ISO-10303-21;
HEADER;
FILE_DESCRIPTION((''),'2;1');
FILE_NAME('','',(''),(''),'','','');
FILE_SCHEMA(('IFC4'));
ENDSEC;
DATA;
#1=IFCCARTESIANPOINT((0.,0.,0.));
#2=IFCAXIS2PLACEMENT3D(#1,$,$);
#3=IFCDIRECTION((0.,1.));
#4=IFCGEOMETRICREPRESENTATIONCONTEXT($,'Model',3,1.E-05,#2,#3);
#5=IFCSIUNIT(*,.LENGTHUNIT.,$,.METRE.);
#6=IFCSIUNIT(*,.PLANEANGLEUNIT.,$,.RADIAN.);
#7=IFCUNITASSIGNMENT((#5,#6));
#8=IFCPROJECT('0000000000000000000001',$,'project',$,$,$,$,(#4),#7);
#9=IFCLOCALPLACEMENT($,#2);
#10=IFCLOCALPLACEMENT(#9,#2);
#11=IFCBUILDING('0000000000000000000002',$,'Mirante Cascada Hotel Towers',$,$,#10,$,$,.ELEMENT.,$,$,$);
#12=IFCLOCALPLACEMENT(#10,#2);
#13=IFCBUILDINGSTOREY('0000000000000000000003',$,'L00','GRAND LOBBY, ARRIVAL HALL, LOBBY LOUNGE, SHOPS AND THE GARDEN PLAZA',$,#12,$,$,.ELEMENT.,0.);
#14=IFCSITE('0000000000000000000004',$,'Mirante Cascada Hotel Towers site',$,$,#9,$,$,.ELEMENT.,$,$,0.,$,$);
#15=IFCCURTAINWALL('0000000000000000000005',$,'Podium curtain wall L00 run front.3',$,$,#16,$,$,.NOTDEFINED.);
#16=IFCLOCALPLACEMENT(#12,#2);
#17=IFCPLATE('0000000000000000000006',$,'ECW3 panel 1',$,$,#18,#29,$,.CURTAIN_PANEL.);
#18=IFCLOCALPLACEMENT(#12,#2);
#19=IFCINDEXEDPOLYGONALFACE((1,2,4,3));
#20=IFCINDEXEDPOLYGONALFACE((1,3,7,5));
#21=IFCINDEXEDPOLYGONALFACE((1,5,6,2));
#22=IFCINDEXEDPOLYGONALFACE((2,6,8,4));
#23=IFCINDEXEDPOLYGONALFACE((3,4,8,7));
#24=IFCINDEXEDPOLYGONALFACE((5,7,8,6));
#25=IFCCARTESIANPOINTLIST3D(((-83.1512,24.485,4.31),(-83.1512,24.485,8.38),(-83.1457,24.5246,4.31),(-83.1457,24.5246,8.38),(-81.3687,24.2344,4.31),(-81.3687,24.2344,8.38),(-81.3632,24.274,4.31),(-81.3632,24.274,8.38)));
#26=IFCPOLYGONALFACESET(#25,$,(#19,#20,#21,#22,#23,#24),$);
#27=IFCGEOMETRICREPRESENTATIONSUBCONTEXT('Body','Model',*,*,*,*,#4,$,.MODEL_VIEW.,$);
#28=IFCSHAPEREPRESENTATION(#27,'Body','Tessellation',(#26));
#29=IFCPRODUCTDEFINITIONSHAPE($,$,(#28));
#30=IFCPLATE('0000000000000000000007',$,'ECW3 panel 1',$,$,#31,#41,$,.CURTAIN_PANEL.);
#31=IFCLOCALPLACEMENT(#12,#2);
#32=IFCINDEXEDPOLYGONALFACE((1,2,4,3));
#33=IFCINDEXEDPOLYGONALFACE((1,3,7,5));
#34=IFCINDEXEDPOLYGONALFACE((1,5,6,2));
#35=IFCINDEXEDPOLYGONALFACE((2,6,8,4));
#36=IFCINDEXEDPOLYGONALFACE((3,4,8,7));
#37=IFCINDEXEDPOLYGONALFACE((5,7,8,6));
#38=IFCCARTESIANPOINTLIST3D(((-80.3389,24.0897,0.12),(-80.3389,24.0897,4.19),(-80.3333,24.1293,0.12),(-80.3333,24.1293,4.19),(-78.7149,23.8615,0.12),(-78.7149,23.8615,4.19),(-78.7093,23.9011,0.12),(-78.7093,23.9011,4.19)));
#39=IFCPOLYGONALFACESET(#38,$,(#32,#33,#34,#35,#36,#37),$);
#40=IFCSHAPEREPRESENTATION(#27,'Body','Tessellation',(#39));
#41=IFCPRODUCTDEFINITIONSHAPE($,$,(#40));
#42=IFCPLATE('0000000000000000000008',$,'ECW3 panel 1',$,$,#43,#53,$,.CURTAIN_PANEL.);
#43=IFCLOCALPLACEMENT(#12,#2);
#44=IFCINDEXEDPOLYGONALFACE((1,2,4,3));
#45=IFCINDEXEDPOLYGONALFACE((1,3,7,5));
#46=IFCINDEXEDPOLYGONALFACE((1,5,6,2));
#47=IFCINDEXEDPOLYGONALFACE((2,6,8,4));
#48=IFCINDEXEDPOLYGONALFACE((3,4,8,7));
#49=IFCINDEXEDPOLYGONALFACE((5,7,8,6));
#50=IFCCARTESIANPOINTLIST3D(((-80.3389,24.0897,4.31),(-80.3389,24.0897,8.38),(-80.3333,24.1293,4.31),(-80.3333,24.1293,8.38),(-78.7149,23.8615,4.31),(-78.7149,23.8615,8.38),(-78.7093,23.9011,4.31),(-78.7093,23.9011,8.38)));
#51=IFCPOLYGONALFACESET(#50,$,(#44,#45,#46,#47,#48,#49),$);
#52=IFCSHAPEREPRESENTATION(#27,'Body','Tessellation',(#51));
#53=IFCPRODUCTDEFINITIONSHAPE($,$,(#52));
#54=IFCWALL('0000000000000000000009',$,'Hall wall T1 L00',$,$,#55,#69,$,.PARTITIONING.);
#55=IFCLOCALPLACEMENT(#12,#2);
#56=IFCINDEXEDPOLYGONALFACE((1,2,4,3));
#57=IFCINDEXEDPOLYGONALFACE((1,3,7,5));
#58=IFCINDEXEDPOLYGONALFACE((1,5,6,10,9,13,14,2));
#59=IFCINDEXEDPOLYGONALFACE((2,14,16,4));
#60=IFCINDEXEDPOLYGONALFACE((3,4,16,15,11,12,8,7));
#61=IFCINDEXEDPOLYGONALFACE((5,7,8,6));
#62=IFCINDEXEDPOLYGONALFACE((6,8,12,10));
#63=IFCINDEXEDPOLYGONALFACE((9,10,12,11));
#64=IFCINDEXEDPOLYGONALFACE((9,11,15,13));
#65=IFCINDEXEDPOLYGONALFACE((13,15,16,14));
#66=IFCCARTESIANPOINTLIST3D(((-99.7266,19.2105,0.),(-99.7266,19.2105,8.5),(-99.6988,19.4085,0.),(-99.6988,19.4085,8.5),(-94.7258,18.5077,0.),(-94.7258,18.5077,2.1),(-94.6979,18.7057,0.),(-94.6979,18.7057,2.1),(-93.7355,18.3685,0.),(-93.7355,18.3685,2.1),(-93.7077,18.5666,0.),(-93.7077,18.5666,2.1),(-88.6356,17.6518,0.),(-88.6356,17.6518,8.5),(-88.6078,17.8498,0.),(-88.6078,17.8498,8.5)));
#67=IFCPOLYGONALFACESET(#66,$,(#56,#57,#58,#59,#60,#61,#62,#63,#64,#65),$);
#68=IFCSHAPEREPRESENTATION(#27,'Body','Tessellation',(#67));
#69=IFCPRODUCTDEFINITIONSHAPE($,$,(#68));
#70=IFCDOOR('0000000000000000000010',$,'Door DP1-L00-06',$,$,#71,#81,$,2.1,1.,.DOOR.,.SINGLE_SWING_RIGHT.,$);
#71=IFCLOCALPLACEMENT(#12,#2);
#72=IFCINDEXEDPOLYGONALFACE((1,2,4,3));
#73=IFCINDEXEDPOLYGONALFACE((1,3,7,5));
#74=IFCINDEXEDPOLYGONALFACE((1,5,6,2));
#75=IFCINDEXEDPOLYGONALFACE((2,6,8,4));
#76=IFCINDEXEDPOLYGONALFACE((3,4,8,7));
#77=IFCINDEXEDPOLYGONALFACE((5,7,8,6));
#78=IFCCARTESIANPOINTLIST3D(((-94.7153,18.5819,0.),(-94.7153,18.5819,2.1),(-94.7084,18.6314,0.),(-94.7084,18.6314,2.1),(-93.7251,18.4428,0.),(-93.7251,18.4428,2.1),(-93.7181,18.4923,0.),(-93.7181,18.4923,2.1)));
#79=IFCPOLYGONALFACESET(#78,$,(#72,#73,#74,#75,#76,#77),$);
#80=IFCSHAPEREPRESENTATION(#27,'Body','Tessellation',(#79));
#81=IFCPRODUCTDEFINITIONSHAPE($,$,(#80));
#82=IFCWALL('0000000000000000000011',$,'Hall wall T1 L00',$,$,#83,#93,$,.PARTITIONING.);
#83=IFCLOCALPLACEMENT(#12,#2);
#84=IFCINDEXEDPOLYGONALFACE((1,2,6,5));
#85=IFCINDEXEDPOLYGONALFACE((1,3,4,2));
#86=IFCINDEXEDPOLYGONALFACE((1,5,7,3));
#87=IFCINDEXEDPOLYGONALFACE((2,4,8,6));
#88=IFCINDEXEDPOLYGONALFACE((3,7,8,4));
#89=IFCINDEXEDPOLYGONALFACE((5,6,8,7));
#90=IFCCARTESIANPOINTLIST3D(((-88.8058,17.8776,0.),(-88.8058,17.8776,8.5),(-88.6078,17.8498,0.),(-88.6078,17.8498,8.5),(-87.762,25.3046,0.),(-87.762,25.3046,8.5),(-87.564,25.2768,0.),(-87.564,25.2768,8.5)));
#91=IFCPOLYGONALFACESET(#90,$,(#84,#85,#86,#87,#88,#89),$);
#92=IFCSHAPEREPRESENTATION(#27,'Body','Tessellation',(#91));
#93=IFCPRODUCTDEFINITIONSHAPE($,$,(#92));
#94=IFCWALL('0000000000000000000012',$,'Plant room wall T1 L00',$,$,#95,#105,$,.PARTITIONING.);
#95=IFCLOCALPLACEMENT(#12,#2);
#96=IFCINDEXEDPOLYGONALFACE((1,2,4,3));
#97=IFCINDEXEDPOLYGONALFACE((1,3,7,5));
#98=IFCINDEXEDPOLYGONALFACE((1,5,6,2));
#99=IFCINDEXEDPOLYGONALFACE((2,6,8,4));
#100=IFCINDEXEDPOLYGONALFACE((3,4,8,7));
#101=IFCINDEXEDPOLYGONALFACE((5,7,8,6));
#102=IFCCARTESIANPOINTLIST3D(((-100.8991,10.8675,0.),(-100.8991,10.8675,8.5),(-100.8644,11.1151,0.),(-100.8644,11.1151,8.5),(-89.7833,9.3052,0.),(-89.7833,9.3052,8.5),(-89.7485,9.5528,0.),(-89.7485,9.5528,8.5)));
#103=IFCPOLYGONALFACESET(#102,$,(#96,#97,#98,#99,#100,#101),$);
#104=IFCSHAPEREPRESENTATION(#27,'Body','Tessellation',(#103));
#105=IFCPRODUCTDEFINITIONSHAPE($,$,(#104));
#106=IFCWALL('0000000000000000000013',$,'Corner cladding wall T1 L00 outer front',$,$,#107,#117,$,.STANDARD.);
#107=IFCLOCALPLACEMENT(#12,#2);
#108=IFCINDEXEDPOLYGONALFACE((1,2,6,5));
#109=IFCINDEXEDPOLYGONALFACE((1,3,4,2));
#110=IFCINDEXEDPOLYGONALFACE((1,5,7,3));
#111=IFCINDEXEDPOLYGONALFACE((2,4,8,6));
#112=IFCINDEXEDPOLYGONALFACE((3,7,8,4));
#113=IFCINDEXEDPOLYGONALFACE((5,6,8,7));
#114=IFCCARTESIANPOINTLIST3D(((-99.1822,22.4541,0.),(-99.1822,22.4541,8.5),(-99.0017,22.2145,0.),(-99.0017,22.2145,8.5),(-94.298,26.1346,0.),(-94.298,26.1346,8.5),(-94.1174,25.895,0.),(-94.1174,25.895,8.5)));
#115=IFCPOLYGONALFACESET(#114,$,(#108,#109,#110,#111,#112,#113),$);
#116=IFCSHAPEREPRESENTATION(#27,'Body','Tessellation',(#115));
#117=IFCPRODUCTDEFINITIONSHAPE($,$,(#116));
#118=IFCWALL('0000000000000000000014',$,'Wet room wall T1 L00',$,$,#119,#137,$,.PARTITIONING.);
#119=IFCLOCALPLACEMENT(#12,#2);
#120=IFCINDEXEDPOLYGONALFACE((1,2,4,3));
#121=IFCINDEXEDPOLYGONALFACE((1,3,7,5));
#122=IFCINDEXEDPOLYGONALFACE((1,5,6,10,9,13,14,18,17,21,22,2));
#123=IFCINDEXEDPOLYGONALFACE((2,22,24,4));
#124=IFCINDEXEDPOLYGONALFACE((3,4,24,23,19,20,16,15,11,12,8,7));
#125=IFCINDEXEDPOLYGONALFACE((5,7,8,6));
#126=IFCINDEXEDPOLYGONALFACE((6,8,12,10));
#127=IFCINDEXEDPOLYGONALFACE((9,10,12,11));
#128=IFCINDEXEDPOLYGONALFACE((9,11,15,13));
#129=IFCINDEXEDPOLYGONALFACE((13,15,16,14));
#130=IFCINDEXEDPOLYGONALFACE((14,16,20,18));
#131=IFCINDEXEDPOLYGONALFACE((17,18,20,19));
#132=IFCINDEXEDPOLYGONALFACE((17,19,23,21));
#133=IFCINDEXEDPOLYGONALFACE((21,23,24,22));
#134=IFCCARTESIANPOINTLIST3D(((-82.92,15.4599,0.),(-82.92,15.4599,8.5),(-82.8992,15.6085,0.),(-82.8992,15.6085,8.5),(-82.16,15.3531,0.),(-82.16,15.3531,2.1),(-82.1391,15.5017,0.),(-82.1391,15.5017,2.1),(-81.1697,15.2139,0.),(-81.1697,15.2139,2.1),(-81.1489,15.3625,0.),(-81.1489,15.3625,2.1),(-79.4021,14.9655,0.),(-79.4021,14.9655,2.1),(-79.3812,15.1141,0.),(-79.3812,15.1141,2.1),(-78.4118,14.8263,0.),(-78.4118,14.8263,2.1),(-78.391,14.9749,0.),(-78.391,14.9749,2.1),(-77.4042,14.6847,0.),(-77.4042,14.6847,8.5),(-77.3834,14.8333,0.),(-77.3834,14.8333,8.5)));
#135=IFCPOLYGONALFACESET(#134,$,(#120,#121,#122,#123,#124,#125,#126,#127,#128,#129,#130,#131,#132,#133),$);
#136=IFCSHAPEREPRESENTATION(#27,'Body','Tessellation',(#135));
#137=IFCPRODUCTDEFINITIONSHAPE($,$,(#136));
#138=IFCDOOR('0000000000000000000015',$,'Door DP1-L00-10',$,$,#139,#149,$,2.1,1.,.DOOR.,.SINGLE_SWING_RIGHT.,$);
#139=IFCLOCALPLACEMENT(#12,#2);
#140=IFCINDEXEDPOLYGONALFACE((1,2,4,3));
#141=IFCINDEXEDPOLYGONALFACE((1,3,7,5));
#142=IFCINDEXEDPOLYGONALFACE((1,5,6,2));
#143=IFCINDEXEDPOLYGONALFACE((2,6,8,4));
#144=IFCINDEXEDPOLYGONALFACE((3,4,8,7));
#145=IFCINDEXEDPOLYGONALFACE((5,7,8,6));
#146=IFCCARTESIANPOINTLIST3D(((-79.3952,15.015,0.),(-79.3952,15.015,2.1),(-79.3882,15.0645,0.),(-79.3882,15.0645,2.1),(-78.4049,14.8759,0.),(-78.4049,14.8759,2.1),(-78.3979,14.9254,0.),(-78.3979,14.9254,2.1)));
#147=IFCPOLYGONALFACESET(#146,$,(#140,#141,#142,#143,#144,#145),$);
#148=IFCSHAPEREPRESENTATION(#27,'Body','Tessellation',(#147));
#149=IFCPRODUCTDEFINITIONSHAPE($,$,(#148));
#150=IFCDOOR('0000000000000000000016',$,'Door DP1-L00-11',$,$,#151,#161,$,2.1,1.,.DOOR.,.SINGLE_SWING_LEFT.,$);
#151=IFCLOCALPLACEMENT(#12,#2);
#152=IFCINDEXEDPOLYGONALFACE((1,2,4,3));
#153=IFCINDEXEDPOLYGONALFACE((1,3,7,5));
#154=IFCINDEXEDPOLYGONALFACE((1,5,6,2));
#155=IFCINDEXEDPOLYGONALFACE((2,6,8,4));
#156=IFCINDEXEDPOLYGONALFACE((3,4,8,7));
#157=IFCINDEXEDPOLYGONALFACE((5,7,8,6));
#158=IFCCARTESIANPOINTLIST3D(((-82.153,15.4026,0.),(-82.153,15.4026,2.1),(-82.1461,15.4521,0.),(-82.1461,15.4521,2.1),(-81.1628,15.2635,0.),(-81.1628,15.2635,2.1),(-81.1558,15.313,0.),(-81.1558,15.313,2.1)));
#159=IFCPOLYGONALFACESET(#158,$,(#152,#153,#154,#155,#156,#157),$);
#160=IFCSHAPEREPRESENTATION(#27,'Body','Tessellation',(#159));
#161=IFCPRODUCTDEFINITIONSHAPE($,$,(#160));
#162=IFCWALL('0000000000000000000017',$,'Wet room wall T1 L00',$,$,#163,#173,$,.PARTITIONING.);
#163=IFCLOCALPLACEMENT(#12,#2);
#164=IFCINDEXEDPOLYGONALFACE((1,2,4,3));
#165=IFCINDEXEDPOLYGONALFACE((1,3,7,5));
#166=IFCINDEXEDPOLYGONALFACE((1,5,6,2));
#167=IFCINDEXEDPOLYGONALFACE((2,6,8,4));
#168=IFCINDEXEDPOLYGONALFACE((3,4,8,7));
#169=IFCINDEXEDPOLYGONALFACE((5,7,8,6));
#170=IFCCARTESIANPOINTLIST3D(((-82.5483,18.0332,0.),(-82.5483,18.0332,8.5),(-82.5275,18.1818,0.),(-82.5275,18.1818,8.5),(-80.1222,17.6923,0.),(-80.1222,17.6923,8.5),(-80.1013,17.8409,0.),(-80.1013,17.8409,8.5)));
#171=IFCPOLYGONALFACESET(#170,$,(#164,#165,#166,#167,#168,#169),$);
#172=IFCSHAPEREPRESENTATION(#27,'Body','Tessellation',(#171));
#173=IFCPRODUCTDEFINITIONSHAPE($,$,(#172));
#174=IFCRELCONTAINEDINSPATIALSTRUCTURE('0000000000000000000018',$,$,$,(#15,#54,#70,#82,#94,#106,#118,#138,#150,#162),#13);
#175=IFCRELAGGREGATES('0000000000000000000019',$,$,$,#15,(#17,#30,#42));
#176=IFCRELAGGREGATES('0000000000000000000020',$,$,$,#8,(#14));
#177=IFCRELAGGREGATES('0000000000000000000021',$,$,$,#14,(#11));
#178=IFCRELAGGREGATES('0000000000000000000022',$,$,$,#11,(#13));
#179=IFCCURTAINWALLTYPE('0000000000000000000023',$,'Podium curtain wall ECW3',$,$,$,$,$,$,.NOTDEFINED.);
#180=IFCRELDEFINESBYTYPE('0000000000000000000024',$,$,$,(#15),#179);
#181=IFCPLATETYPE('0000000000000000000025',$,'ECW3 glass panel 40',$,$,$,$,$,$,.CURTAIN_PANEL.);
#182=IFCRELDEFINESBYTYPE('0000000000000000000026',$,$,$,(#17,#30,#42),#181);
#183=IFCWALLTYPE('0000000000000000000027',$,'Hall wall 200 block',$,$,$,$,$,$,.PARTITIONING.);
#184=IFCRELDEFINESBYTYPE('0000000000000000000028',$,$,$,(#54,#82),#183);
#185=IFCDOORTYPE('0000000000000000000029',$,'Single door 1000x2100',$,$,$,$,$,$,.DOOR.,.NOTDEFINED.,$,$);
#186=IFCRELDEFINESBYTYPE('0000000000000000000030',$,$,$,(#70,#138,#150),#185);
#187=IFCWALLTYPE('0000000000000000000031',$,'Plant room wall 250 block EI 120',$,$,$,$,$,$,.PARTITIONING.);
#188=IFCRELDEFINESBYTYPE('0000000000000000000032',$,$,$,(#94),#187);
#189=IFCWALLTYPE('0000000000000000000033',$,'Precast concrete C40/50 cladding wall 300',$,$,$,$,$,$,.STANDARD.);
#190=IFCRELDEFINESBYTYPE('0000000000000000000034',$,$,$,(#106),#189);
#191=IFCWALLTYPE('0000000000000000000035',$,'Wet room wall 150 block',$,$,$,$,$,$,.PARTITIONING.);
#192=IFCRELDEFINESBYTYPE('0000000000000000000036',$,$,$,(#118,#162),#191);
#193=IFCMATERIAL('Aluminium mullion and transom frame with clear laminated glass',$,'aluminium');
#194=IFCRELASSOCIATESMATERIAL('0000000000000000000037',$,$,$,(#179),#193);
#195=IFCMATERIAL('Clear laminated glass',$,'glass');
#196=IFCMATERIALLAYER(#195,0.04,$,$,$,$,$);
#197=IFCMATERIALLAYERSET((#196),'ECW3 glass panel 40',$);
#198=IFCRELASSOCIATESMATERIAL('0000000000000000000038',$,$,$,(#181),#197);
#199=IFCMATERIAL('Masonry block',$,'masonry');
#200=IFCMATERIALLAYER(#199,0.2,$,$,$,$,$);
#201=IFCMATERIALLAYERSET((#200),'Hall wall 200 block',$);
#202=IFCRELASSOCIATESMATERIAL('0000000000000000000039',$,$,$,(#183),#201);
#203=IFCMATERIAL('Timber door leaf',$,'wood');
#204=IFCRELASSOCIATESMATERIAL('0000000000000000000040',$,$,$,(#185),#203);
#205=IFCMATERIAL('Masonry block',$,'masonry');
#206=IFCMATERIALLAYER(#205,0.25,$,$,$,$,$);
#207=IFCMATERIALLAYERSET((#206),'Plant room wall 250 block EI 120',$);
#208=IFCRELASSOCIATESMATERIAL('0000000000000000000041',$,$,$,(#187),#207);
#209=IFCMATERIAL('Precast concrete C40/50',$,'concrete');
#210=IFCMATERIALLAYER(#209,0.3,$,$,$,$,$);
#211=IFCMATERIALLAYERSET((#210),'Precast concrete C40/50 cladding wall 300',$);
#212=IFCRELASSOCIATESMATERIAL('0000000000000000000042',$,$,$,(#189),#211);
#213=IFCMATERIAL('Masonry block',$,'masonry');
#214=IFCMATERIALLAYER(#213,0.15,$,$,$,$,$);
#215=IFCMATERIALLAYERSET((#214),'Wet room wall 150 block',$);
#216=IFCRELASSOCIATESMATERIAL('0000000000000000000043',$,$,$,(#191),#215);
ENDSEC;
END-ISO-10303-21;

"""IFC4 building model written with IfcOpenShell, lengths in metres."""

from ifc_helpers import new_model, si_unit, direction, frame, frame_2d, origin, origin_2d, place, context, subcontext, project, spatial, rectangle, extrude, material, layer, layer_set, type_object, element, fill, aggregate, save


model = new_model("IFC4")

# Units and contexts
model_context = context("Model", 3, precision=1e-05, world=origin(), true_north=direction((0.0, 1.0)))
body_context = subcontext(model_context, "Body", "Model", "MODEL_VIEW")
ifc_project = project(units=[si_unit("LENGTHUNIT", "METRE"), si_unit("PLANEANGLEUNIT", "RADIAN")], contexts=[model_context])

# Site, building, storey
site_placement = place(None, origin())
site = spatial("IfcSite", under=ifc_project, at=site_placement, Name="Mirante Cascada Hotel Towers site", CompositionType="ELEMENT", RefElevation=0.0)
building_placement = place(site_placement, origin())
building = spatial("IfcBuilding", under=site, at=building_placement, Name="Mirante Cascada Hotel Towers", CompositionType="ELEMENT")
storey_placement = place(building_placement, origin())
storey = spatial("IfcBuildingStorey", under=building, at=storey_placement, Name="L00", Description="GRAND LOBBY, ARRIVAL HALL, LOBBY LOUNGE, SHOPS AND THE GARDEN PLAZA", CompositionType="ELEMENT", Elevation=0.0)

# Curtain wall, plates
ifc_material_1 = material(Name="Aluminium mullion and transom frame with clear laminated glass", Category="aluminium")
curtain_wall_type = type_object("IfcCurtainWallType", Name="Podium curtain wall ECW3", PredefinedType="NOTDEFINED", material=ifc_material_1)
curtain_wall_placement = place(storey_placement, origin())
curtain_wall = element("IfcCurtainWall", 1, at=curtain_wall_placement, inside=storey, type_object=curtain_wall_type, Name="Podium curtain wall L00 run front.3", PredefinedType="NOTDEFINED")
ifc_material_2 = material(Name="Clear laminated glass", Category="glass")
ifc_layer_1 = layer(ifc_material_2, 0.04)
ifc_layer_set_1 = layer_set([ifc_layer_1], Name="ECW3 glass panel 40")
plate_type = type_object("IfcPlateType", Name="ECW3 glass panel 40", PredefinedType="CURTAIN_PANEL", material=ifc_layer_set_1)
plate_1_placement = place(storey_placement, frame((-82.2572, 24.3795, 4.31), z_axis=(0.0, 0.0, 1.0), x_axis=(0.990268, -0.139173, 0.0)))
plate_1 = element("IfcPlate", 2, at=plate_1_placement, type_object=plate_type, Name="ECW3 panel 1", PredefinedType="CURTAIN_PANEL", context=body_context, shape_type="SweptSolid", body=[
    extrude(rectangle(XDim=1.8, YDim=0.04, at=origin_2d()), origin(), (0.0, 0.0, 1.0), 4.07),
])
plate_2_placement = place(storey_placement, frame((-79.5241, 23.9954, 0.12), z_axis=(0.0, 0.0, 1.0), x_axis=(0.990268, -0.139173, 0.0)))
plate_2 = element("IfcPlate", 3, at=plate_2_placement, type_object=plate_type, Name="ECW3 panel 1", PredefinedType="CURTAIN_PANEL", context=body_context, shape_type="SweptSolid", body=[
    extrude(rectangle(XDim=1.64, YDim=0.04, at=origin_2d()), origin(), (0.0, 0.0, 1.0), 4.07),
])
plate_3_placement = place(storey_placement, frame((-79.5241, 23.9954, 4.31), z_axis=(0.0, 0.0, 1.0), x_axis=(0.990268, -0.139173, 0.0)))
plate_3 = element("IfcPlate", 4, at=plate_3_placement, type_object=plate_type, Name="ECW3 panel 1", PredefinedType="CURTAIN_PANEL", context=body_context, shape_type="SweptSolid", body=[
    extrude(rectangle(XDim=1.64, YDim=0.04, at=origin_2d()), origin(), (0.0, 0.0, 1.0), 4.07),
])
aggregate(curtain_wall, [plate_1, plate_2, plate_3])

# Wall, opening, door
ifc_material_3 = material(Name="Masonry block", Category="masonry")
ifc_layer_2 = layer(ifc_material_3, 0.2)
ifc_layer_set_2 = layer_set([ifc_layer_2], Name="Hall wall 200 block")
wall_type_1 = type_object("IfcWallType", Name="Hall wall 200 block", PredefinedType="PARTITIONING", material=ifc_layer_set_2)
wall_1_placement = place(storey_placement, frame((-99.7127, 19.3095, 0.0), z_axis=(0.0, 0.0, 1.0), x_axis=(0.990268, -0.13917, 0.0)))
wall_1 = element("IfcWall", 5, at=wall_1_placement, inside=storey, type_object=wall_type_1, Name="Hall wall T1 L00", PredefinedType="PARTITIONING", context=body_context, shape_type="SweptSolid", body=[
    extrude(rectangle(XDim=11.2, YDim=0.2, at=frame_2d((5.6, 0.0))), origin(), (0.0, 0.0, 1.0), 8.5),
])
opening_1_placement = place(wall_1_placement, frame((5.05, 0.0, 0.0)))
opening_1 = element("IfcOpeningElement", 6, at=opening_1_placement, cuts=wall_1, PredefinedType="OPENING", context=body_context, shape_type="SweptSolid", body=[
    extrude(rectangle(XDim=1.0, YDim=2.1, at=frame_2d((0.5, 1.05))), frame((0.0, 0.1, 0.0), z_axis=(0.0, -1.0, 0.0), x_axis=(1.0, 0.0, 0.0)), (0.0, 0.0, 1.0), 0.2),
])
ifc_material_4 = material(Name="Timber door leaf", Category="wood")
door_type = type_object("IfcDoorType", Name="Single door 1000x2100", OperationType="NOTDEFINED", PredefinedType="DOOR", material=ifc_material_4)
door_1_placement = place(opening_1_placement, origin())
door_1 = element("IfcDoor", 7, at=door_1_placement, inside=storey, type_object=door_type, Name="Door DP1-L00-06", OperationType="SINGLE_SWING_RIGHT", OverallHeight=2.1, OverallWidth=1.0, PredefinedType="DOOR", context=body_context, shape_type="SweptSolid", body=[
    extrude(rectangle(XDim=1.0, YDim=2.1, at=frame_2d((0.5, 1.05))), frame((0.0, 0.025, 0.0), z_axis=(0.0, -1.0, 0.0), x_axis=(1.0, 0.0, 0.0)), (0.0, 0.0, 1.0), 0.05),
])
fill(opening_1, door_1)

# Walls
wall_2_placement = place(storey_placement, frame((-88.7068, 17.8637, 0.0), z_axis=(0.0, 0.0, 1.0), x_axis=(0.139174, 0.990268, 0.0)))
element("IfcWall", 8, at=wall_2_placement, inside=storey, type_object=wall_type_1, Name="Hall wall T1 L00", PredefinedType="PARTITIONING", context=body_context, shape_type="SweptSolid", body=[
    extrude(rectangle(XDim=7.5, YDim=0.2, at=frame_2d((3.75, 0.0))), origin(), (0.0, 0.0, 1.0), 8.5),
])
ifc_material_5 = material(Name="Masonry block", Category="masonry")
ifc_layer_3 = layer(ifc_material_5, 0.25)
ifc_layer_set_3 = layer_set([ifc_layer_3], Name="Plant room wall 250 block EI 120")
wall_type_2 = type_object("IfcWallType", Name="Plant room wall 250 block EI 120", PredefinedType="PARTITIONING", material=ifc_layer_set_3)
wall_3_placement = place(storey_placement, frame((-100.8818, 10.9913, 0.0), z_axis=(0.0, 0.0, 1.0), x_axis=(0.990267, -0.13918, 0.0)))
element("IfcWall", 9, at=wall_3_placement, inside=storey, type_object=wall_type_2, Name="Plant room wall T1 L00", PredefinedType="PARTITIONING", context=body_context, shape_type="SweptSolid", body=[
    extrude(rectangle(XDim=11.2251, YDim=0.25, at=frame_2d((5.6126, 0.0))), origin(), (0.0, 0.0, 1.0), 8.5),
])
ifc_material_6 = material(Name="Precast concrete C40/50", Category="concrete")
ifc_layer_4 = layer(ifc_material_6, 0.3)
ifc_layer_set_4 = layer_set([ifc_layer_4], Name="Precast concrete C40/50 cladding wall 300")
wall_type_3 = type_object("IfcWallType", Name="Precast concrete C40/50 cladding wall 300", PredefinedType="STANDARD", material=ifc_layer_set_4)
wall_4_placement = place(storey_placement, frame((-99.0919, 22.3343, 0.0), z_axis=(0.0, 0.0, 1.0), x_axis=(0.798636, 0.601814, 0.0)))
element("IfcWall", 10, at=wall_4_placement, inside=storey, type_object=wall_type_3, Name="Corner cladding wall T1 L00 outer front", PredefinedType="STANDARD", context=body_context, shape_type="SweptSolid", body=[
    extrude(rectangle(XDim=6.1157, YDim=0.3, at=frame_2d((3.0578, 0.0))), origin(), (0.0, 0.0, 1.0), 8.5),
])

# Wall, openings, doors
ifc_material_7 = material(Name="Masonry block", Category="masonry")
ifc_layer_5 = layer(ifc_material_7, 0.15)
ifc_layer_set_5 = layer_set([ifc_layer_5], Name="Wet room wall 150 block")
wall_type_4 = type_object("IfcWallType", Name="Wet room wall 150 block", PredefinedType="PARTITIONING", material=ifc_layer_set_5)
wall_5_placement = place(storey_placement, frame((-82.9096, 15.5342, 0.0), z_axis=(0.0, 0.0, 1.0), x_axis=(0.990268, -0.139174, 0.0)))
wall_5 = element("IfcWall", 11, at=wall_5_placement, inside=storey, type_object=wall_type_4, Name="Wet room wall T1 L00", PredefinedType="PARTITIONING", context=body_context, shape_type="SweptSolid", body=[
    extrude(rectangle(XDim=5.57, YDim=0.15, at=frame_2d((2.785, 0.0))), origin(), (0.0, 0.0, 1.0), 8.5),
])
opening_2_placement = place(wall_5_placement, frame((3.5525, 0.0, 0.0)))
opening_2 = element("IfcOpeningElement", 12, at=opening_2_placement, cuts=wall_5, PredefinedType="OPENING", context=body_context, shape_type="SweptSolid", body=[
    extrude(rectangle(XDim=1.0, YDim=2.1, at=frame_2d((0.5, 1.05))), frame((0.0, 0.075, 0.0), z_axis=(0.0, -1.0, 0.0), x_axis=(1.0, 0.0, 0.0)), (0.0, 0.0, 1.0), 0.15),
])
opening_3_placement = place(wall_5_placement, frame((0.7675, 0.0, 0.0)))
opening_3 = element("IfcOpeningElement", 13, at=opening_3_placement, cuts=wall_5, PredefinedType="OPENING", context=body_context, shape_type="SweptSolid", body=[
    extrude(rectangle(XDim=1.0, YDim=2.1, at=frame_2d((0.5, 1.05))), frame((0.0, 0.075, 0.0), z_axis=(0.0, -1.0, 0.0), x_axis=(1.0, 0.0, 0.0)), (0.0, 0.0, 1.0), 0.15),
])
door_2_placement = place(opening_2_placement, origin())
door_2 = element("IfcDoor", 14, at=door_2_placement, inside=storey, type_object=door_type, Name="Door DP1-L00-10", OperationType="SINGLE_SWING_RIGHT", OverallHeight=2.1, OverallWidth=1.0, PredefinedType="DOOR", context=body_context, shape_type="SweptSolid", body=[
    extrude(rectangle(XDim=1.0, YDim=2.1, at=frame_2d((0.5, 1.05))), frame((0.0, 0.025, 0.0), z_axis=(0.0, -1.0, 0.0), x_axis=(1.0, 0.0, 0.0)), (0.0, 0.0, 1.0), 0.05),
])
fill(opening_2, door_2)
door_3_placement = place(opening_3_placement, origin())
door_3 = element("IfcDoor", 15, at=door_3_placement, inside=storey, type_object=door_type, Name="Door DP1-L00-11", OperationType="SINGLE_SWING_LEFT", OverallHeight=2.1, OverallWidth=1.0, PredefinedType="DOOR", context=body_context, shape_type="SweptSolid", body=[
    extrude(rectangle(XDim=1.0, YDim=2.1, at=frame_2d((0.5, 1.05))), frame((0.0, 0.025, 0.0), z_axis=(0.0, -1.0, 0.0), x_axis=(1.0, 0.0, 0.0)), (0.0, 0.0, 1.0), 0.05),
])
fill(opening_3, door_3)

# Wall
wall_6_placement = place(storey_placement, frame((-82.5379, 18.1075, 0.0), z_axis=(0.0, 0.0, 1.0), x_axis=(0.990273, -0.139141, 0.0)))
element("IfcWall", 16, at=wall_6_placement, inside=storey, type_object=wall_type_4, Name="Wet room wall T1 L00", PredefinedType="PARTITIONING", context=body_context, shape_type="SweptSolid", body=[
    extrude(rectangle(XDim=2.45, YDim=0.15, at=frame_2d((1.225, 0.0))), origin(), (0.0, 0.0, 1.0), 8.5),
])

save(model, "model.ifc")
